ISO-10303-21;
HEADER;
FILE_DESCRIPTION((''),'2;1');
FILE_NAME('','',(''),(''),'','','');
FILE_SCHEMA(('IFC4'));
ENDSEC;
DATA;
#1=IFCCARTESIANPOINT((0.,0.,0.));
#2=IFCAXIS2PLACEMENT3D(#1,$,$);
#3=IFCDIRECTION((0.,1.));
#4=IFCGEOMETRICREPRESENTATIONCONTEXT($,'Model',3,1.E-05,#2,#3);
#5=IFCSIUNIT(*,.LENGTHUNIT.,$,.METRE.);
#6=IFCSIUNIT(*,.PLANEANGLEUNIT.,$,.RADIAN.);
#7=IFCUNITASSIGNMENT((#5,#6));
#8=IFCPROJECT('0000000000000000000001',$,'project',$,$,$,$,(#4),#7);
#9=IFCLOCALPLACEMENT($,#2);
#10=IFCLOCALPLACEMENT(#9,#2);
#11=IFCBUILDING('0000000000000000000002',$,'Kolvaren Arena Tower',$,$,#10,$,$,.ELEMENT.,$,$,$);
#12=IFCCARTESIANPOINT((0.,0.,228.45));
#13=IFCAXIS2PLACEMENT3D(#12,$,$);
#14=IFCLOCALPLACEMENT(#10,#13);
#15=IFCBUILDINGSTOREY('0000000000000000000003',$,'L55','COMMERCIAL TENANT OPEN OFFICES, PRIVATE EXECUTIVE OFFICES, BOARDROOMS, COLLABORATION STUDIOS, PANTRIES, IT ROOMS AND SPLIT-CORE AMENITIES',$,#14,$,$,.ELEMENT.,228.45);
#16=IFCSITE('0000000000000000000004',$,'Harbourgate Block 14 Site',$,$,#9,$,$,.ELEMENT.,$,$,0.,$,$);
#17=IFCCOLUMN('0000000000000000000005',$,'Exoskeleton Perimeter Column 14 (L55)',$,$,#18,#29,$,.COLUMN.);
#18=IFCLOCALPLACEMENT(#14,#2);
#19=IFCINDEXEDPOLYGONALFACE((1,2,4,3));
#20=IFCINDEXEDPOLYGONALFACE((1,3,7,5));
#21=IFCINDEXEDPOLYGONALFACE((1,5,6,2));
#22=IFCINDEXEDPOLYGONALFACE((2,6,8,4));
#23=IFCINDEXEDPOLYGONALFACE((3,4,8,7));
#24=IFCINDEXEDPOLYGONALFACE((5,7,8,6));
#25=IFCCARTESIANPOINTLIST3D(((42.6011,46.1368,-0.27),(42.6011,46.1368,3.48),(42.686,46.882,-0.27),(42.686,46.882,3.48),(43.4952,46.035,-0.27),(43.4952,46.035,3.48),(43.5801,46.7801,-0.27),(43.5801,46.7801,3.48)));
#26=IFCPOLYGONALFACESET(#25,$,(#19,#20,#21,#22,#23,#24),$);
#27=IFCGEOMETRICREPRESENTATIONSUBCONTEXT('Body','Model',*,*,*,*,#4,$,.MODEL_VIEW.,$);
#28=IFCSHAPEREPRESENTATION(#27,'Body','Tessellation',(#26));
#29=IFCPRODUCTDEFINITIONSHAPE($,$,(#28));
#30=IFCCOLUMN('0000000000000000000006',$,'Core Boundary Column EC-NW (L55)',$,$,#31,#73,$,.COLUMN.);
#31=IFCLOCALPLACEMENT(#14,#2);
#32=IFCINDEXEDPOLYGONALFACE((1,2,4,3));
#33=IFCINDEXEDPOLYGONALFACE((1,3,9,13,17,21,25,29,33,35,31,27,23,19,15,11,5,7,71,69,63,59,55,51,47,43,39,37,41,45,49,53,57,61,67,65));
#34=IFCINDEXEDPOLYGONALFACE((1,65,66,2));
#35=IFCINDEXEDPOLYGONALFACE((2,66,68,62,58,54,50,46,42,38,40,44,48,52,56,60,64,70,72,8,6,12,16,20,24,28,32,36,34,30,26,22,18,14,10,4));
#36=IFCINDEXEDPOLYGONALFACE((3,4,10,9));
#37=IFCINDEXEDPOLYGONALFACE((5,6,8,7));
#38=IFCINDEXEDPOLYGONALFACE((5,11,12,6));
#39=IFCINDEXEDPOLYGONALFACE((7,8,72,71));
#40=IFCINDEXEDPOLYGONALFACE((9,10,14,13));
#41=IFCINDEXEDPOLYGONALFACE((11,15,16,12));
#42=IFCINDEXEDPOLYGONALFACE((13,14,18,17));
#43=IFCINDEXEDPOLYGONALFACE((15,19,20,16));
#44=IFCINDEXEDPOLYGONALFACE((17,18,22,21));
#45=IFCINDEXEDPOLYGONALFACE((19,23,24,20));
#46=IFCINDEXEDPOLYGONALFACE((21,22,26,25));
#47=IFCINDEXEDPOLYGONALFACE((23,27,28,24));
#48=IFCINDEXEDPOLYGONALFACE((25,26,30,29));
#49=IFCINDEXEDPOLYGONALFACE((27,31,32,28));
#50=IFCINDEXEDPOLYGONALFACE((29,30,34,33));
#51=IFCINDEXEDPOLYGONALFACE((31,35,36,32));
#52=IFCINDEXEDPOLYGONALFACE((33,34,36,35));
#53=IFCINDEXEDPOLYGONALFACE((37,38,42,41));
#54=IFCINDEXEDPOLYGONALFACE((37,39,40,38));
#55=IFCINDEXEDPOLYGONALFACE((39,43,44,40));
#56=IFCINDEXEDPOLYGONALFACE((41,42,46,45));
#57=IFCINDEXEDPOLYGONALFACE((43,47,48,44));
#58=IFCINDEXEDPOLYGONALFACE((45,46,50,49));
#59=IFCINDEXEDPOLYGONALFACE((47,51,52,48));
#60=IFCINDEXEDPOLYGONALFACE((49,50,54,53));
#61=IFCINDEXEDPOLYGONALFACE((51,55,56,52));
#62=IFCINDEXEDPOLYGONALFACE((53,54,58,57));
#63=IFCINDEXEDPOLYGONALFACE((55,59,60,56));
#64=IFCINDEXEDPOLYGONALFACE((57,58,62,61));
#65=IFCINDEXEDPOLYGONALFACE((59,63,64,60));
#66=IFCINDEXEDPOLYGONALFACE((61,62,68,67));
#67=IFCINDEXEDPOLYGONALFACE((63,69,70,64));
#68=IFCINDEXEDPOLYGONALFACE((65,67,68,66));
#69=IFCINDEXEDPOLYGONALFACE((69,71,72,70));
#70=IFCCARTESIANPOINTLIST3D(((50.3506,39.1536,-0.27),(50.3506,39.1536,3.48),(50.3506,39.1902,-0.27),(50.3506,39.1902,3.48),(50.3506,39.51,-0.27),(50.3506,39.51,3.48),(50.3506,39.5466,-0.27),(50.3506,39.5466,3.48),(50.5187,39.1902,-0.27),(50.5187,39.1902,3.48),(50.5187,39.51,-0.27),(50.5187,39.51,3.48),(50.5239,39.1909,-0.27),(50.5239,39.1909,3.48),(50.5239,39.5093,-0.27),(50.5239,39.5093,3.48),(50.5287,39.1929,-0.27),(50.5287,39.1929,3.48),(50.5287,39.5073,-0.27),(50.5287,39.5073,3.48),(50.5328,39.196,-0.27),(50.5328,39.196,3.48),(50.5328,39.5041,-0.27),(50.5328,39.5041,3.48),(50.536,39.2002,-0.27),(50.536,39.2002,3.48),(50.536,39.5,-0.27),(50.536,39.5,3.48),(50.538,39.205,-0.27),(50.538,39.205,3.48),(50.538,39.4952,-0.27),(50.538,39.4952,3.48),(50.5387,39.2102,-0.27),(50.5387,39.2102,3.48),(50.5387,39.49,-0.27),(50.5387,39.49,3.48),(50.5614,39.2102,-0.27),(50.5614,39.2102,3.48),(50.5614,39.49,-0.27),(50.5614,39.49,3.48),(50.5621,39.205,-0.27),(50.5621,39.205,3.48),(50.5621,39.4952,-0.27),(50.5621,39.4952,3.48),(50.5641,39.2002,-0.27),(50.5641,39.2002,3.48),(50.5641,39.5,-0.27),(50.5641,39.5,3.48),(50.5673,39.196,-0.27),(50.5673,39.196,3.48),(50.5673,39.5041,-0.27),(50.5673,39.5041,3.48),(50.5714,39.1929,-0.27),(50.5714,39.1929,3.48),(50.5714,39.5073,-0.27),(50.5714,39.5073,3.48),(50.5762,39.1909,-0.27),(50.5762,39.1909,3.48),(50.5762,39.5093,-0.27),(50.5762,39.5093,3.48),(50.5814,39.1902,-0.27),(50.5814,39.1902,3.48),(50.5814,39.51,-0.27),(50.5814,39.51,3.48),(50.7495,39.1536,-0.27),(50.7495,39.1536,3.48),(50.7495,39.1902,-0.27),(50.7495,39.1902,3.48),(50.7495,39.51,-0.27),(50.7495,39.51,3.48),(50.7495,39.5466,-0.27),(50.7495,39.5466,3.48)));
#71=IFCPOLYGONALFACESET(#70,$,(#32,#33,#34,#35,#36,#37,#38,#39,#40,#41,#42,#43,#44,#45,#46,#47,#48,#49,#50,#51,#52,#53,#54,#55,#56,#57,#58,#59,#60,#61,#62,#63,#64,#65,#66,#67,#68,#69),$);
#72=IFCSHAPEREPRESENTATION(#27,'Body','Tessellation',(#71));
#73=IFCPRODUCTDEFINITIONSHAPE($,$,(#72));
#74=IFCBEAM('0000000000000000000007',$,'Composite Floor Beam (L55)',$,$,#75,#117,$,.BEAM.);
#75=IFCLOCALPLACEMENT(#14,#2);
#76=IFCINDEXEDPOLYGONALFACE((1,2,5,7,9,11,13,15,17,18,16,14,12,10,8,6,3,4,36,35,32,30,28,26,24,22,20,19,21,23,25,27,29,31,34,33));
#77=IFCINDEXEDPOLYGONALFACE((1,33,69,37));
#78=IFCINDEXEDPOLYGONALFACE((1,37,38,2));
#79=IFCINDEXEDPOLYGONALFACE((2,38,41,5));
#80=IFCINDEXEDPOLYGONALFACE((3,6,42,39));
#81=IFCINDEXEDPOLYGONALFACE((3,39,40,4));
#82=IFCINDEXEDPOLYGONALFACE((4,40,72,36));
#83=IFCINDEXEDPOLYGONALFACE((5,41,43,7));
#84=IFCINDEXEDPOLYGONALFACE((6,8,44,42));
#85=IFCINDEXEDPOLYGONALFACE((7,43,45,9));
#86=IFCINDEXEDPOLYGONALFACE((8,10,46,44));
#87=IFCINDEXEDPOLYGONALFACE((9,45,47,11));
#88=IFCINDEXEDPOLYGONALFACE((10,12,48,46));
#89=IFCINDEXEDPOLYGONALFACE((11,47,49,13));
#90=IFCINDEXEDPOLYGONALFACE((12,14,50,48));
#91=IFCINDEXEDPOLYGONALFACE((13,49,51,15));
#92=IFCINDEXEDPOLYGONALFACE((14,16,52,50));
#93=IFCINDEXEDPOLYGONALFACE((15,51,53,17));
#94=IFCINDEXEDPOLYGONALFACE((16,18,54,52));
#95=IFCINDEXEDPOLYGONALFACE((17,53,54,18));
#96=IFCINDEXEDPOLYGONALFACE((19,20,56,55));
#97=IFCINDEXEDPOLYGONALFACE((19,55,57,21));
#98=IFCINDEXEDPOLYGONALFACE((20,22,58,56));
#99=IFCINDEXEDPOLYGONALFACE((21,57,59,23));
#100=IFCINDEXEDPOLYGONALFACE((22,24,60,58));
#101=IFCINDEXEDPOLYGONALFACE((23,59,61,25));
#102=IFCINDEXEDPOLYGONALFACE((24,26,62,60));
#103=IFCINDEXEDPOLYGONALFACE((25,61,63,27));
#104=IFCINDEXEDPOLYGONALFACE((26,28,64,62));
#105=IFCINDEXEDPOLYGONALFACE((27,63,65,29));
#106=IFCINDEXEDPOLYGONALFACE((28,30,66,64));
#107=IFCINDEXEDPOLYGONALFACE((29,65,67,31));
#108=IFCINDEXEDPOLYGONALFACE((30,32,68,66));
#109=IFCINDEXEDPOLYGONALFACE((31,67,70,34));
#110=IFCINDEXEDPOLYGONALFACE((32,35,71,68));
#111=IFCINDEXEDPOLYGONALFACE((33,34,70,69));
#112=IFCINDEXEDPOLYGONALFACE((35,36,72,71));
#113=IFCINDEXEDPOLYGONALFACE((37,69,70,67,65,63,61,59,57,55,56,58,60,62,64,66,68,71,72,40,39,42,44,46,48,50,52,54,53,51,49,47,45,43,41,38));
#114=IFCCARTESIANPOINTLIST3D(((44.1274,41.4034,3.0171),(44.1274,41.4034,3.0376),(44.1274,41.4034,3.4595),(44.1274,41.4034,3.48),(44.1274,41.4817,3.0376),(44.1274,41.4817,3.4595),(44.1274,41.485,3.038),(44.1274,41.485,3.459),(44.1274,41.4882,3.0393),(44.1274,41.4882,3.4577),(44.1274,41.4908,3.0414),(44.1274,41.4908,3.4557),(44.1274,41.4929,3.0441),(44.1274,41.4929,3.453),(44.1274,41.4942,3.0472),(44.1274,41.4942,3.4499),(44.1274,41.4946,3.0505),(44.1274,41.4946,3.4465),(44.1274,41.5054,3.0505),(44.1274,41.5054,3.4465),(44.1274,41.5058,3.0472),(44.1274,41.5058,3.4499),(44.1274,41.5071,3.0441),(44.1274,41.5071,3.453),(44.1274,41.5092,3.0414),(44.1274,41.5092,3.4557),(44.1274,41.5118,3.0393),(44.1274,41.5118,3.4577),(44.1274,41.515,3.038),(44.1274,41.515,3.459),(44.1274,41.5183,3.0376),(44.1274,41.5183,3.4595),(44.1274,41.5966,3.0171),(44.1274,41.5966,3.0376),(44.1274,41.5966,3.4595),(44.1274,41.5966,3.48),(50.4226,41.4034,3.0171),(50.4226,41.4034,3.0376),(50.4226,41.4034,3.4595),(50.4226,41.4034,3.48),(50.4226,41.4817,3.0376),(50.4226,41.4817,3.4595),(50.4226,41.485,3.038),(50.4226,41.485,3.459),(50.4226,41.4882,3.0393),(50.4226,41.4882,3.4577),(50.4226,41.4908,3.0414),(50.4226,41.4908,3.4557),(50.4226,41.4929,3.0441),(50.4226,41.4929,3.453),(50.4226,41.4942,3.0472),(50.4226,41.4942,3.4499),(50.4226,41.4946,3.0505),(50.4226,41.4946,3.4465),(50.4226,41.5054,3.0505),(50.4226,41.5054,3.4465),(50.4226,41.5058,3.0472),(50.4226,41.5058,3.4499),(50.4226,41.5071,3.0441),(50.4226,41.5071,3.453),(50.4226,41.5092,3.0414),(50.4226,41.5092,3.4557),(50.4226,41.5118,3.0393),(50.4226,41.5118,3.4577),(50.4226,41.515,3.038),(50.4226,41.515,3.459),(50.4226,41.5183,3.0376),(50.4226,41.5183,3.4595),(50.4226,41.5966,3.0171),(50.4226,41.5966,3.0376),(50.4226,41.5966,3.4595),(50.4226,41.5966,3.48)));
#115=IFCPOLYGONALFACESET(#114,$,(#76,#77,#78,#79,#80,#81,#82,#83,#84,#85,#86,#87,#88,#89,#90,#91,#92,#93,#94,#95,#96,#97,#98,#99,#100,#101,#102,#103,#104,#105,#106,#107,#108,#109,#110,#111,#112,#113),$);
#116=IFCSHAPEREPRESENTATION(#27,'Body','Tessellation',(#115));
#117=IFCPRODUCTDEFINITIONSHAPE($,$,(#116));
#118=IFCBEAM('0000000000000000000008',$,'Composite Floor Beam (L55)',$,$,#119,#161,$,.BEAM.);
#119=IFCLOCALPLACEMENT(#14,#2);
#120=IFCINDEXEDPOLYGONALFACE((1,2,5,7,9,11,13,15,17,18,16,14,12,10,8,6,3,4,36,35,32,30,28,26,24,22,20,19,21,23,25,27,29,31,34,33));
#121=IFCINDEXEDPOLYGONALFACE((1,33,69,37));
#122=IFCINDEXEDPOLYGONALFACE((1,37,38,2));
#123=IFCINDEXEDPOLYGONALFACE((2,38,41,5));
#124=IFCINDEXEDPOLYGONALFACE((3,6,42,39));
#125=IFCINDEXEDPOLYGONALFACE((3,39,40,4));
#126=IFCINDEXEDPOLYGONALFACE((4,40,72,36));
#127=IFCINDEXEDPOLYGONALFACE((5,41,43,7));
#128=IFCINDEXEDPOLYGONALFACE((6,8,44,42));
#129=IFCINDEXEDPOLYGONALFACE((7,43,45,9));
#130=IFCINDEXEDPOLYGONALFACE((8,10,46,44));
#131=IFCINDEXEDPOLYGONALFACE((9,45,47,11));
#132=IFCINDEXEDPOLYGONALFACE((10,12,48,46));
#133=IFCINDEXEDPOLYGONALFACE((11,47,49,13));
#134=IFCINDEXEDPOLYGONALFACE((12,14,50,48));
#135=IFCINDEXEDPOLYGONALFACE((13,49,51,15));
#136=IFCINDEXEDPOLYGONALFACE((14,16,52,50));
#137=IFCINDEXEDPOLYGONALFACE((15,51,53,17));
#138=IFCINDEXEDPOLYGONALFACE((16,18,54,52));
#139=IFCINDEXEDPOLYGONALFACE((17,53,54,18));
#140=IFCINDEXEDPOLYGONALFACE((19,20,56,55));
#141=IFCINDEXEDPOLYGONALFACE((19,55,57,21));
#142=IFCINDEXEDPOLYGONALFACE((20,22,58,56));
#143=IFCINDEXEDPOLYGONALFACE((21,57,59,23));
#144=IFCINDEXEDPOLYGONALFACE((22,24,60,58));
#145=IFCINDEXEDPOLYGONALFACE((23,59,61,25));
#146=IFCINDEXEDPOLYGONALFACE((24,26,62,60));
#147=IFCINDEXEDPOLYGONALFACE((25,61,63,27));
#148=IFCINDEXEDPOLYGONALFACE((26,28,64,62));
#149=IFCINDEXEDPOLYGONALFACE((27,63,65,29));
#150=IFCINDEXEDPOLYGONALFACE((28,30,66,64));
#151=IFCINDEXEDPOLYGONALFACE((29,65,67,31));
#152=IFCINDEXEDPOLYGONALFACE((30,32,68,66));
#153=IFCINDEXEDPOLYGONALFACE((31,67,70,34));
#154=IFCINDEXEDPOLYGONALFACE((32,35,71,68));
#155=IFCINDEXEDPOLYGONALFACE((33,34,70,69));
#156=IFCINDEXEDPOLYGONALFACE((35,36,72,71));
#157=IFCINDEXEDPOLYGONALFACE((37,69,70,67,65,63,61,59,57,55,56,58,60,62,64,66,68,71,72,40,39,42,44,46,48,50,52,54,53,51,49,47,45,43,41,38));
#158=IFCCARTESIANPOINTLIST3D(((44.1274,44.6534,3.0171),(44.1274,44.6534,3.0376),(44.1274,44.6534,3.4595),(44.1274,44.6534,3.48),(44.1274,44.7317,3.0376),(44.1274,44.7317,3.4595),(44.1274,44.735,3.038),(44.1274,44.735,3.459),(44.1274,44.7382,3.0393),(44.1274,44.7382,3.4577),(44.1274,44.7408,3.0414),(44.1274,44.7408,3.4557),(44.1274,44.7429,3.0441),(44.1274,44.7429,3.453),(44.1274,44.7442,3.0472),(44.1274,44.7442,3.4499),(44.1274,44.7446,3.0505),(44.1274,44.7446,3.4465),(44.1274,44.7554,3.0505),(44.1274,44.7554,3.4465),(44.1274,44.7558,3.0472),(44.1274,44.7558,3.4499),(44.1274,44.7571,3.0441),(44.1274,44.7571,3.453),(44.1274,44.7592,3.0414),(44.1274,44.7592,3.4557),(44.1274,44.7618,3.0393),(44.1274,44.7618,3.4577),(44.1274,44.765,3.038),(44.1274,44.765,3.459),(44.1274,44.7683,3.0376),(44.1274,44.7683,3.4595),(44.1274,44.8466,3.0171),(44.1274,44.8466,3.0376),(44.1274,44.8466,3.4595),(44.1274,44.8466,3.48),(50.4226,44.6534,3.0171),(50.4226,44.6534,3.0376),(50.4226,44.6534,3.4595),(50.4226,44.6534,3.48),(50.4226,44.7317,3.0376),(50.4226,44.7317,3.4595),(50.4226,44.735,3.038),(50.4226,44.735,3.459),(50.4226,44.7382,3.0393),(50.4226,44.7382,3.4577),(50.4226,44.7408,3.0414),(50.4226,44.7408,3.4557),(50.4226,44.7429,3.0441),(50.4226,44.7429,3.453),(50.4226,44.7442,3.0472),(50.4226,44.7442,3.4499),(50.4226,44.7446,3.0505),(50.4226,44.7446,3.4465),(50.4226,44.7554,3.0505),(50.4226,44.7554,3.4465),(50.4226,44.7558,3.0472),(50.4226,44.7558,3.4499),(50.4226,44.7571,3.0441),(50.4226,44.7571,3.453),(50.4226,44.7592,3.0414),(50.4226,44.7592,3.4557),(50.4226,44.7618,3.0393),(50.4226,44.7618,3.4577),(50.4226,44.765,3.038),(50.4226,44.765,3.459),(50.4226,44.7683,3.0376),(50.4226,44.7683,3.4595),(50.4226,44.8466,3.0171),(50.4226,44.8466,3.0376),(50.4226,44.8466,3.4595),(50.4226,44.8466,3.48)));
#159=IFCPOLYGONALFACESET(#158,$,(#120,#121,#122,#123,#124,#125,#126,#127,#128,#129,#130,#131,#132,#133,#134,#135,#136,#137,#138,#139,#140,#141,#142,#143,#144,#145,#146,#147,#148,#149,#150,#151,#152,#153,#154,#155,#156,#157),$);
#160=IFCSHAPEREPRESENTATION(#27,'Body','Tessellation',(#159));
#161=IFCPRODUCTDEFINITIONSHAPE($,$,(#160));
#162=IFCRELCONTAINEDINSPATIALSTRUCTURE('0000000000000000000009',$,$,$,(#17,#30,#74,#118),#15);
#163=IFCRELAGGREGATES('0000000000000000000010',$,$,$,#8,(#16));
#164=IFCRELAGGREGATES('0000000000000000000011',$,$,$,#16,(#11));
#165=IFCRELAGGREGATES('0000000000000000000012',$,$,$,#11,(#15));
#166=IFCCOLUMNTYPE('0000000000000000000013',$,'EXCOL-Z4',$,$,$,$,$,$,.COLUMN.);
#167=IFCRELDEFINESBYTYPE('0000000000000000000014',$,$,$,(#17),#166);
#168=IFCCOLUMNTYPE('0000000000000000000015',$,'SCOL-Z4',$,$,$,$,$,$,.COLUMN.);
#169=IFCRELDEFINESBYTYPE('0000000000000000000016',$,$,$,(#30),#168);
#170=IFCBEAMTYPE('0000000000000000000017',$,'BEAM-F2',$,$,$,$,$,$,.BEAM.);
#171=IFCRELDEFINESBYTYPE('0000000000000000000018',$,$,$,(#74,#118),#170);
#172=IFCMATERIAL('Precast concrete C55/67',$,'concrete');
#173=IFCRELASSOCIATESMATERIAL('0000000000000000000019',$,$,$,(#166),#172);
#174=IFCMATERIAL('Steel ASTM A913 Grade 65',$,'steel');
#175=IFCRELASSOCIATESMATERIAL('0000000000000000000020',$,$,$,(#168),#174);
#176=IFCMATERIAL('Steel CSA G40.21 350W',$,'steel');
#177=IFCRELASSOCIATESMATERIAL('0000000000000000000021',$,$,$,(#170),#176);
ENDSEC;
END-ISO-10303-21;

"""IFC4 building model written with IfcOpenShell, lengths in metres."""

from ifc_helpers import new_model, si_unit, direction, frame, origin, origin_2d, place, context, subcontext, project, spatial, rectangle, i_section, extrude, material, material_profile, profile_set, type_object, element, save


model = new_model("IFC4")

# Units and contexts
model_context = context("Model", 3, precision=1e-05, world=origin(), true_north=direction((0.0, 1.0)))
body_context = subcontext(model_context, "Body", "Model", "MODEL_VIEW")
ifc_project = project(units=[si_unit("LENGTHUNIT", "METRE"), si_unit("PLANEANGLEUNIT", "RADIAN")], contexts=[model_context])

# Site, building, storey
site_placement = place(None, origin())
site = spatial("IfcSite", under=ifc_project, at=site_placement, Name="Harbourgate Block 14 Site", CompositionType="ELEMENT", RefElevation=0.0)
building_placement = place(site_placement, origin())
building = spatial("IfcBuilding", under=site, at=building_placement, Name="Kolvaren Arena Tower", CompositionType="ELEMENT")
storey_placement = place(building_placement, frame((0.0, 0.0, 228.45)))
storey = spatial("IfcBuildingStorey", under=building, at=storey_placement, Name="L55", Description="COMMERCIAL TENANT OPEN OFFICES, PRIVATE EXECUTIVE OFFICES, BOARDROOMS, COLLABORATION STUDIOS, PANTRIES, IT ROOMS AND SPLIT-CORE AMENITIES", CompositionType="ELEMENT", Elevation=228.45)

# Columns
ifc_material_1 = material(Name="Precast concrete C55/67", Category="concrete")
ifc_material_profile_1 = material_profile(ifc_material_1, rectangle(XDim=0.8999, YDim=0.75, at=origin_2d()), Name="RC-900x750")
ifc_profile_set_1 = profile_set([ifc_material_profile_1], Name="Precast concrete C55/67")
column_type_1 = type_object("IfcColumnType", Name="EXCOL-Z4", PredefinedType="COLUMN", material=ifc_profile_set_1)
column_1_placement = place(storey_placement, frame((43.0906, 46.4585, -0.27), z_axis=(0.0, 0.0, 1.0), x_axis=(0.993572, -0.113203, 0.0)))
element("IfcColumn", 1, at=column_1_placement, inside=storey, type_object=column_type_1, Name="Exoskeleton Perimeter Column 14 (L55)", PredefinedType="COLUMN", context=body_context, shape_type="SweptSolid", body=[
    extrude(rectangle(XDim=0.8999, YDim=0.75, at=origin_2d()), origin(), (0.0, 0.0, 1.0), 3.75),
])
ifc_material_2 = material(Name="Steel ASTM A913 Grade 65", Category="steel")
ifc_material_profile_2 = material_profile(ifc_material_2, i_section(OverallWidth=0.3989, OverallDepth=0.3931, WebThickness=0.0227, FlangeThickness=0.0366, FilletRadius=0.02, at=origin_2d()), Name="W360x287")
ifc_profile_set_2 = profile_set([ifc_material_profile_2], Name="Steel ASTM A913 Grade 65")
column_type_2 = type_object("IfcColumnType", Name="SCOL-Z4", PredefinedType="COLUMN", material=ifc_profile_set_2)
column_2_placement = place(storey_placement, frame((50.55, 39.3501, -0.27), z_axis=(0.0, 0.0, 1.0), x_axis=(1.0, 0.0, 0.0)))
element("IfcColumn", 2, at=column_2_placement, inside=storey, type_object=column_type_2, Name="Core Boundary Column EC-NW (L55)", PredefinedType="COLUMN", context=body_context, shape_type="SweptSolid", body=[
    extrude(i_section(OverallWidth=0.3989, OverallDepth=0.3931, WebThickness=0.0227, FlangeThickness=0.0366, FilletRadius=0.02, at=origin_2d()), origin(), (0.0, 0.0, 1.0), 3.75),
])

# Beams
ifc_material_3 = material(Name="Steel CSA G40.21 350W", Category="steel")
ifc_material_profile_3 = material_profile(ifc_material_3, i_section(OverallWidth=0.1931, OverallDepth=0.4629, WebThickness=0.0107, FlangeThickness=0.0205, FilletRadius=0.0129, at=origin_2d()), Name="W460x113")
ifc_profile_set_3 = profile_set([ifc_material_profile_3], Name="Steel CSA G40.21 350W")
beam_type_1 = type_object("IfcBeamType", Name="BEAM-F2", PredefinedType="BEAM", material=ifc_profile_set_3)
for number, where, z_axis, x_axis, name in (
    (3, (44.1274, 41.5, 3.2485), (1.0, 0.0, 0.0), (0.0, 1.0, 0.0), "Composite Floor Beam (L55)"),
    (4, (44.1274, 44.75, 3.2485), (1.0, 0.0, 0.0), (0.0, 1.0, 0.0), "Composite Floor Beam (L55)"),
):
    element("IfcBeam", number, at=place(storey_placement, frame(where, z_axis=z_axis, x_axis=x_axis)), inside=storey, type_object=beam_type_1, Name=name, PredefinedType="BEAM", context=body_context, shape_type="SweptSolid", body=[
        extrude(i_section(OverallWidth=0.1931, OverallDepth=0.4629, WebThickness=0.0107, FlangeThickness=0.0205, FilletRadius=0.0129, at=origin_2d()), origin(), (0.0, 0.0, 1.0), 6.2952),
    ])

save(model, "model.ifc")
